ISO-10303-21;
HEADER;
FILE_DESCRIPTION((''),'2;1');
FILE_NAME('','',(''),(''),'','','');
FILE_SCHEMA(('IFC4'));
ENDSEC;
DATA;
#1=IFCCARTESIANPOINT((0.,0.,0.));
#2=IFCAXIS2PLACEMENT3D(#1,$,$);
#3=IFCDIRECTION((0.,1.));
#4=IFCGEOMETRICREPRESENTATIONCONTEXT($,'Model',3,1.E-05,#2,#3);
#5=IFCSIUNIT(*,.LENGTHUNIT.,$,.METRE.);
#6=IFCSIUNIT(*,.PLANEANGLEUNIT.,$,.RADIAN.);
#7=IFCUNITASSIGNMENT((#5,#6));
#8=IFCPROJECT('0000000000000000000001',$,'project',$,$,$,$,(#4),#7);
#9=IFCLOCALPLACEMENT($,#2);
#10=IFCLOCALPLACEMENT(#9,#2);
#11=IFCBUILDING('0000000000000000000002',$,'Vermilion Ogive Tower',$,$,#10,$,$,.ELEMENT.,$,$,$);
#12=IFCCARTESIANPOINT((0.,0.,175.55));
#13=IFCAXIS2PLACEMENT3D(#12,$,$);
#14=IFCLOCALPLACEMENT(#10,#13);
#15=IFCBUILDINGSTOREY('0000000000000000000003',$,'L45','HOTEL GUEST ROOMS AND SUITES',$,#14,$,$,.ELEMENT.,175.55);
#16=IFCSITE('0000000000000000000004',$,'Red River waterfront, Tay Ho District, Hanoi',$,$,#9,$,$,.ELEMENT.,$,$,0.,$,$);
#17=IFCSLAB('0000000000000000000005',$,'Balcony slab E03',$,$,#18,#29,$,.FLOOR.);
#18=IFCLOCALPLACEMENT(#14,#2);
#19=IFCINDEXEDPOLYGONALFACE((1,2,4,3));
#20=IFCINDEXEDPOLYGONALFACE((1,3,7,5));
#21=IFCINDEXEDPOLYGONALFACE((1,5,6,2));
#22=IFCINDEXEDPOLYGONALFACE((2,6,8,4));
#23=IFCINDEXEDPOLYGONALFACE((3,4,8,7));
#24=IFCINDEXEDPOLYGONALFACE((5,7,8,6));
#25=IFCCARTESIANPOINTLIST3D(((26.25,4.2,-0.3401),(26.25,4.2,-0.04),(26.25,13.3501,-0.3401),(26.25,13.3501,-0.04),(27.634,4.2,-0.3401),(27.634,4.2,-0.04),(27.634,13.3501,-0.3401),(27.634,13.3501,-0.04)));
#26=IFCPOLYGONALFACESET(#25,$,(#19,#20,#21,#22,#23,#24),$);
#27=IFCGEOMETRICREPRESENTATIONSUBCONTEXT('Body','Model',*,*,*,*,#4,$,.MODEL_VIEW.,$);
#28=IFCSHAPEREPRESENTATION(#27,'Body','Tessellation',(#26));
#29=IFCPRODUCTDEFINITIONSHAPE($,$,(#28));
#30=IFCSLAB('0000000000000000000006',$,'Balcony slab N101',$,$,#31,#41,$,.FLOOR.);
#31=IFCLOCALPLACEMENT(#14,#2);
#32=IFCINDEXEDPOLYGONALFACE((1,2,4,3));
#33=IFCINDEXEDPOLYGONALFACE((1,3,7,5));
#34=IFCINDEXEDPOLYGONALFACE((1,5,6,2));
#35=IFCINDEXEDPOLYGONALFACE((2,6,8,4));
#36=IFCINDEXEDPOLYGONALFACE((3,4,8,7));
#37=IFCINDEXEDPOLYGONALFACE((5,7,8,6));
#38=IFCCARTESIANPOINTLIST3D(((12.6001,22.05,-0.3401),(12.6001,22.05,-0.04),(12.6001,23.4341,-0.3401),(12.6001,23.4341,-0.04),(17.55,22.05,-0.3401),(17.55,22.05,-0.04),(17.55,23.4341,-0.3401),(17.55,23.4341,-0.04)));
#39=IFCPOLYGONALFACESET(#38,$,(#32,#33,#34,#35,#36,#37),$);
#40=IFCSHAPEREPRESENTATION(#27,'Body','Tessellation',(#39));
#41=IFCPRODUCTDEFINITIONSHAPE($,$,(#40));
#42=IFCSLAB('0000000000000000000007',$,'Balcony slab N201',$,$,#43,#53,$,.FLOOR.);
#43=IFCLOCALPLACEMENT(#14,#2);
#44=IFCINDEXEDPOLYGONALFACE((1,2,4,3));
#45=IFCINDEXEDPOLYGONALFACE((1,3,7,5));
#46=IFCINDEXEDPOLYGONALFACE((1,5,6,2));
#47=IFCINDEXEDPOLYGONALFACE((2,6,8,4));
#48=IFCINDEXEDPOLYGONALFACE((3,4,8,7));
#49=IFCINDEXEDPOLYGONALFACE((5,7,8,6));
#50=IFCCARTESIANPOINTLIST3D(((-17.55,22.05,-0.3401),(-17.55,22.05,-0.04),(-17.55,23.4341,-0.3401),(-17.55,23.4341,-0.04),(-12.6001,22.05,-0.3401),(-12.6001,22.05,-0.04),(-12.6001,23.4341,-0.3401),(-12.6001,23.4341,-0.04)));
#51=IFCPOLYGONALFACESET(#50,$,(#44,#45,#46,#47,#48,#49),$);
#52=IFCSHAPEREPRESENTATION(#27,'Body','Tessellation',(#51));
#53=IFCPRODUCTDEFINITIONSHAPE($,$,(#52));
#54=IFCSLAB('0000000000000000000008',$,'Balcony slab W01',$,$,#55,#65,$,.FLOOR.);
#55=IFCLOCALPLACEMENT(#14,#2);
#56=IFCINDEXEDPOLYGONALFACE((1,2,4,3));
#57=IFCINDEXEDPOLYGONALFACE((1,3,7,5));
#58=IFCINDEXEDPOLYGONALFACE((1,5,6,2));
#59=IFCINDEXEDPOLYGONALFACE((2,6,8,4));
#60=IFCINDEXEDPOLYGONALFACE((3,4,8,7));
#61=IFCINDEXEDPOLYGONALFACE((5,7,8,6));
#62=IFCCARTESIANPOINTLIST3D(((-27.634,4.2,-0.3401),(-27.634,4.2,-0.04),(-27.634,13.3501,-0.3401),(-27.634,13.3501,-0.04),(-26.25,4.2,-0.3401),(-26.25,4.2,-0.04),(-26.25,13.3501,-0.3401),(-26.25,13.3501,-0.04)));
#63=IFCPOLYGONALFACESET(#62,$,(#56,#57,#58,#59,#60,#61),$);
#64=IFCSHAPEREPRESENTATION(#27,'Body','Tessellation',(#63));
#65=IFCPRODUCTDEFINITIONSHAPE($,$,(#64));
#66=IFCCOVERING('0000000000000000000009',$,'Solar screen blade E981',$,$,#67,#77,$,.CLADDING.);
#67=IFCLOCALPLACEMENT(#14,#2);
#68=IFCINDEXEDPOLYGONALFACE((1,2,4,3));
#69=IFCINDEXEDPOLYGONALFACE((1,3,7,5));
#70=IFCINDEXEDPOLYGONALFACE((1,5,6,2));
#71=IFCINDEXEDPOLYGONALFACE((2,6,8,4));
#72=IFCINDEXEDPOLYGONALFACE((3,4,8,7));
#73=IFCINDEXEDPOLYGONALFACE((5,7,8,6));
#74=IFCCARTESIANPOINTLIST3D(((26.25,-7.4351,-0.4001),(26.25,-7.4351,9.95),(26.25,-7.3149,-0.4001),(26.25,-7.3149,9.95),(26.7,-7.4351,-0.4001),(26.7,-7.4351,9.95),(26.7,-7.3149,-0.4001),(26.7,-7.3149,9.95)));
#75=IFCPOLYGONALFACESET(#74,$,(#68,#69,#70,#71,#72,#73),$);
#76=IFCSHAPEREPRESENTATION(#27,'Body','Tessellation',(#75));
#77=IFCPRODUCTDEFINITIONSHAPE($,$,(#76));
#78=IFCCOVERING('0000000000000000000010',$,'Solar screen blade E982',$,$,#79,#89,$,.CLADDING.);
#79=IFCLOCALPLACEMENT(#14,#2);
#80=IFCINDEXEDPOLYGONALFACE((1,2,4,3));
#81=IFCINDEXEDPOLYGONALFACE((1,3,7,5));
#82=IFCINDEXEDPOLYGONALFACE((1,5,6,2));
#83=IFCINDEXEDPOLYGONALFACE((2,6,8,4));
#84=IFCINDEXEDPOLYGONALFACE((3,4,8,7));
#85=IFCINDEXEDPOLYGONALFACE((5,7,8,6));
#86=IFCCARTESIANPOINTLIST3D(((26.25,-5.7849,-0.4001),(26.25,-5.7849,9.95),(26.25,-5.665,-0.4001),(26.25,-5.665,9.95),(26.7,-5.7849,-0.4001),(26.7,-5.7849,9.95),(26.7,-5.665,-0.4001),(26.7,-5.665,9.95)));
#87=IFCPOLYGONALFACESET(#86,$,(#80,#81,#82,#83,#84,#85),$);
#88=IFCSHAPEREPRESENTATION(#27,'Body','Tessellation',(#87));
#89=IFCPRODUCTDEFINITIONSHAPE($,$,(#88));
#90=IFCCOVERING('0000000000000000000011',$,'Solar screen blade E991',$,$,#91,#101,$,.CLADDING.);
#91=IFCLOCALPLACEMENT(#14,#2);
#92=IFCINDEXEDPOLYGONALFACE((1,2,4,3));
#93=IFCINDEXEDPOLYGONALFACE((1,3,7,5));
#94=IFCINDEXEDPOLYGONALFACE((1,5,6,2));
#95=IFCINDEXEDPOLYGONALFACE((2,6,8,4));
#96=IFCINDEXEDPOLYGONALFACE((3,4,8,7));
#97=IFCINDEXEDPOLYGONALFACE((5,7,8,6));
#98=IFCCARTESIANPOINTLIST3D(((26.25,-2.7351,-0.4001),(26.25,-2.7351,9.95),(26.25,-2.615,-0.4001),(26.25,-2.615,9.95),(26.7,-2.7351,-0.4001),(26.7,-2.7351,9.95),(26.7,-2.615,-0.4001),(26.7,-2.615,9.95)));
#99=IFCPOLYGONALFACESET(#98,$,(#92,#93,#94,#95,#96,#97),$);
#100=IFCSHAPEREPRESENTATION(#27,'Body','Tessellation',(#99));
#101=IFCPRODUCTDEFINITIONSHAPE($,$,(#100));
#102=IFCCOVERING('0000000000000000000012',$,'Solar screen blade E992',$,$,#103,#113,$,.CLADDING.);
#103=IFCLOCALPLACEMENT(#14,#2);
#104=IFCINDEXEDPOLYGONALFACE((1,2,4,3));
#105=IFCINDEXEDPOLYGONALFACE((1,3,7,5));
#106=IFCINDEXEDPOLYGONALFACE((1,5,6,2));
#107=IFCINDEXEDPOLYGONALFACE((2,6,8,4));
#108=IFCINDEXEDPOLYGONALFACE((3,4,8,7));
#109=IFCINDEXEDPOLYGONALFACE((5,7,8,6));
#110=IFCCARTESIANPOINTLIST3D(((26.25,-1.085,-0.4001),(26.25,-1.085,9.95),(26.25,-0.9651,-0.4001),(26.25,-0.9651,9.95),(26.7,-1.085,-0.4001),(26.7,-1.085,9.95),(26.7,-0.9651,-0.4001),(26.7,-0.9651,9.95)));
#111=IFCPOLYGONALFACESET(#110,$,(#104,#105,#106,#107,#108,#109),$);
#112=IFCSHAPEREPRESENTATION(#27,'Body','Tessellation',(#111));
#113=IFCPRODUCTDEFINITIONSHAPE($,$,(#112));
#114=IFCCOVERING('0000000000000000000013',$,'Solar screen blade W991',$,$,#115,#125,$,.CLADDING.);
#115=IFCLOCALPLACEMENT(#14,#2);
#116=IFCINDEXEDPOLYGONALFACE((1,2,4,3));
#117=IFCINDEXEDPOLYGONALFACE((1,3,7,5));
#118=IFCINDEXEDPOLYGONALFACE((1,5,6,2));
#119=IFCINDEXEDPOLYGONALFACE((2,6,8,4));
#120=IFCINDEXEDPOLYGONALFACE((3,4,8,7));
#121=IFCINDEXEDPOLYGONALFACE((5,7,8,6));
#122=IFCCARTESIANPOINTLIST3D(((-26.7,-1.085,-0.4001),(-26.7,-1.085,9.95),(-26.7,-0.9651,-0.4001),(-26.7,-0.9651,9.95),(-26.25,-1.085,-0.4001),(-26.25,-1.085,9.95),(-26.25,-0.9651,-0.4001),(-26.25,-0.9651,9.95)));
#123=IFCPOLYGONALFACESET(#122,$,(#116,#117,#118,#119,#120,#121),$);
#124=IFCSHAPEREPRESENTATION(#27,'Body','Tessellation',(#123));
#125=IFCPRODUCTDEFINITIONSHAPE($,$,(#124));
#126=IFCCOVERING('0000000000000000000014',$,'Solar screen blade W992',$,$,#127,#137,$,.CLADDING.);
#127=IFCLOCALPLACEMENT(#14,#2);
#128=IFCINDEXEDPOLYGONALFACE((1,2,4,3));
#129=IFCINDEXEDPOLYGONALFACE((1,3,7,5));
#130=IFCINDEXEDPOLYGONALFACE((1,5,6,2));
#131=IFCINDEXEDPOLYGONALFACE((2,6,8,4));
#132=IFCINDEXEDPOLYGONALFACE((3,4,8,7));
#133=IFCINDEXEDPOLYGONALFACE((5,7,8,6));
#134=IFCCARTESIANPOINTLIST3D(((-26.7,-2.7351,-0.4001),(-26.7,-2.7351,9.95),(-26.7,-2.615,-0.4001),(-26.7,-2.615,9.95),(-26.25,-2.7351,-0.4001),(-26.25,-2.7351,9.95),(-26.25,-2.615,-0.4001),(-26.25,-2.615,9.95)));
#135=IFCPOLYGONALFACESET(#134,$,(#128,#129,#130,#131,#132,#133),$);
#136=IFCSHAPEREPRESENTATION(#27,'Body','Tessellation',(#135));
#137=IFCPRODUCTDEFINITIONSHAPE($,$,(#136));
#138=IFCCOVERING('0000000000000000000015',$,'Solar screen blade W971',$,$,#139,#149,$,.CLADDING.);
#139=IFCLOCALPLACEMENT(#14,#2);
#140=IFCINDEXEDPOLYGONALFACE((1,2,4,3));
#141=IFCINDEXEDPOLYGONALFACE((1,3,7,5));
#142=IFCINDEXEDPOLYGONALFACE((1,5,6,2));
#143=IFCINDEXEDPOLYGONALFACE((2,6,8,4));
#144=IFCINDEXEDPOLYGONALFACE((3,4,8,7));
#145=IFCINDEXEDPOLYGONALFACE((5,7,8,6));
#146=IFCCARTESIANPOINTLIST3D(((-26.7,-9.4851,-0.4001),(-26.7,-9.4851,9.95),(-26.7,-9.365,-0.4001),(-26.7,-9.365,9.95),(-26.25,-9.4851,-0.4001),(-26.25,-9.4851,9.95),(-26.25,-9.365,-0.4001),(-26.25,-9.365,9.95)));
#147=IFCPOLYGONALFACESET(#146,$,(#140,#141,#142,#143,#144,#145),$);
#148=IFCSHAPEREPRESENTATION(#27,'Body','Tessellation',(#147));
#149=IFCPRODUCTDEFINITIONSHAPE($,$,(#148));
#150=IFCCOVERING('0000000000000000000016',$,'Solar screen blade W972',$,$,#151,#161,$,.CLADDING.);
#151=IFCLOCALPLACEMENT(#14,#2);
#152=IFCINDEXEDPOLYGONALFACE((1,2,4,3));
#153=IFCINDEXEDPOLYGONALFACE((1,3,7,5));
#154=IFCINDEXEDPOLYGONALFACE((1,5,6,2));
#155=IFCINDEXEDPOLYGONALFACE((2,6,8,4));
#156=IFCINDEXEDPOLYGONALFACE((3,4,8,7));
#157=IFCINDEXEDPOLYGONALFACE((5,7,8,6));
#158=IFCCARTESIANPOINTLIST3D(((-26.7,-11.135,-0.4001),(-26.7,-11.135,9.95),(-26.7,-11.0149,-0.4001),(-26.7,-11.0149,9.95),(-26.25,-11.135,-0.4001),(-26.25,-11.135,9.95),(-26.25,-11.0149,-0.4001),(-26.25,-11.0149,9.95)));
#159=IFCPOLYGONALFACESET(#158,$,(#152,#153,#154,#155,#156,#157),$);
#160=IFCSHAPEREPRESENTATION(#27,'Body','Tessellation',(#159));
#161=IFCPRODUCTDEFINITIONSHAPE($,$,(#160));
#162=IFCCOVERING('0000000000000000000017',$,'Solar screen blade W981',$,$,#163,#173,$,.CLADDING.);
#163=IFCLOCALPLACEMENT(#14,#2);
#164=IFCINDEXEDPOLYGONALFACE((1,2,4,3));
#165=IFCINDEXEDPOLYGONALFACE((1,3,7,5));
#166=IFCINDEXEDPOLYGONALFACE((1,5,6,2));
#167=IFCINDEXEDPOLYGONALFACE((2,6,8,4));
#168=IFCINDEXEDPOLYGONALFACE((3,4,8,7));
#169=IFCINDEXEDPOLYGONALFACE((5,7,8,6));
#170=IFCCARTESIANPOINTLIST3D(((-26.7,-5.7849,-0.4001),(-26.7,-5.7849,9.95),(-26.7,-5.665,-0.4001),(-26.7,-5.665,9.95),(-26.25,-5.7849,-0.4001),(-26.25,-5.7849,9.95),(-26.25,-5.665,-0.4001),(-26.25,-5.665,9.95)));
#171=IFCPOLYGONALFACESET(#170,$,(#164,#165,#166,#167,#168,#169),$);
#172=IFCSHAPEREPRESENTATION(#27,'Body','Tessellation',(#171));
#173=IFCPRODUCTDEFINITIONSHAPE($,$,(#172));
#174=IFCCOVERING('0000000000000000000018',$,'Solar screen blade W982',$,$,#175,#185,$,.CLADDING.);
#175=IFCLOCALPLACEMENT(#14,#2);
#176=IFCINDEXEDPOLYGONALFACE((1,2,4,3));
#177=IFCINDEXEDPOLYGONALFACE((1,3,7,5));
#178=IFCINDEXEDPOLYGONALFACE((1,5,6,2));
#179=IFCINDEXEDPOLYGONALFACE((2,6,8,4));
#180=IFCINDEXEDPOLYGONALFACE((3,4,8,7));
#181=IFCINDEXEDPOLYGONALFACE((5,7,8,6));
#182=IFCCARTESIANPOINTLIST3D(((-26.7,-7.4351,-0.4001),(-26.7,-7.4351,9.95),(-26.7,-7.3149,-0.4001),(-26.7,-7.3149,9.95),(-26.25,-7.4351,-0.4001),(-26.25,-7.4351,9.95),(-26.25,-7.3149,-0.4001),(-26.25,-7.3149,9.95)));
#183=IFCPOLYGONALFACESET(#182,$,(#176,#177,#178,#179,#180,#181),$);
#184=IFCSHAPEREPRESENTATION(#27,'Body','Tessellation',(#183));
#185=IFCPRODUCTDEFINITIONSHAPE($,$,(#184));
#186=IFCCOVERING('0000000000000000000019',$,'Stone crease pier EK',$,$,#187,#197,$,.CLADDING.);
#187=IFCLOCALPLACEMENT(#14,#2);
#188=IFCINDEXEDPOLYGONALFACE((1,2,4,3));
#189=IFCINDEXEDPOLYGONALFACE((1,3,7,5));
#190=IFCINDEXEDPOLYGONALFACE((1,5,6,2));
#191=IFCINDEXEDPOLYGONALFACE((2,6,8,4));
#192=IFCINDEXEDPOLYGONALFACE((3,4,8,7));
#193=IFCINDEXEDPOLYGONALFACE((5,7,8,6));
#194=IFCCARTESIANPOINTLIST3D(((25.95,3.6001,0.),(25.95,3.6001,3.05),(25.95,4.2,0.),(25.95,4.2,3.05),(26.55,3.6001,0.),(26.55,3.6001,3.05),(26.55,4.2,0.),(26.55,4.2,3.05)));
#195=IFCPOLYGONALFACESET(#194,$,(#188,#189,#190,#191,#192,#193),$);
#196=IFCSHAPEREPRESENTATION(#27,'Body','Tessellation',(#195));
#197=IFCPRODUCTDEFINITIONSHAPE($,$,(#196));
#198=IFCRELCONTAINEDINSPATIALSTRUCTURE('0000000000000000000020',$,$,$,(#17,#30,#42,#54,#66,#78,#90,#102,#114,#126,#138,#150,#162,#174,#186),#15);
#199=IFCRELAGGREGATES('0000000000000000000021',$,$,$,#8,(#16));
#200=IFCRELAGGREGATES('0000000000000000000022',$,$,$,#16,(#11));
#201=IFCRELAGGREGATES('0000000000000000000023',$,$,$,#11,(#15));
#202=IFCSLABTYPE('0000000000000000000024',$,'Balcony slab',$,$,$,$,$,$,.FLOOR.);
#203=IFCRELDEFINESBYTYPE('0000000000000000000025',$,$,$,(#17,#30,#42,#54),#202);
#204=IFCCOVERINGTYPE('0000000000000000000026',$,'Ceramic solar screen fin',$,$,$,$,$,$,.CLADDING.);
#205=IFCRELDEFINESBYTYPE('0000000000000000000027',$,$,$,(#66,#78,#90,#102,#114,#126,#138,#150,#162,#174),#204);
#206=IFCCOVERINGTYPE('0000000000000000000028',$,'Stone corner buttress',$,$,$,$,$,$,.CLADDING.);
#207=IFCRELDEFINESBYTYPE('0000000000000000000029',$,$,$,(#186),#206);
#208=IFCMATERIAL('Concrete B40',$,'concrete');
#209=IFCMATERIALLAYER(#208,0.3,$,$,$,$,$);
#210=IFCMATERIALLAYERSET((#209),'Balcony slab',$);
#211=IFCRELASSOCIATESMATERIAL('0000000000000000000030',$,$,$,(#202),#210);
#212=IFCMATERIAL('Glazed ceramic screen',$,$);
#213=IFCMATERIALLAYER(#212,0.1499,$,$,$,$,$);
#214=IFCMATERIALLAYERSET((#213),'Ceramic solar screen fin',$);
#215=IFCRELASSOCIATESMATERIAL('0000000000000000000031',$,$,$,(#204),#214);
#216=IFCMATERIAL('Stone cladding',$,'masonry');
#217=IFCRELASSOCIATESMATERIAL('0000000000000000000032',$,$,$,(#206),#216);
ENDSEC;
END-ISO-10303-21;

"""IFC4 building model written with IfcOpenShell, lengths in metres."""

from ifc_helpers import new_model, si_unit, direction, frame, origin, place, context, subcontext, project, spatial, polyline, outline, extrude, material, layer, layer_set, type_object, element, save


model = new_model("IFC4")

# Units and contexts
model_context = context("Model", 3, precision=1e-05, world=origin(), true_north=direction((0.0, 1.0)))
body_context = subcontext(model_context, "Body", "Model", "MODEL_VIEW")
ifc_project = project(units=[si_unit("LENGTHUNIT", "METRE"), si_unit("PLANEANGLEUNIT", "RADIAN")], contexts=[model_context])

# Site, building, storey
site_placement = place(None, origin())
site = spatial("IfcSite", under=ifc_project, at=site_placement, Name="Red River waterfront, Tay Ho District, Hanoi", CompositionType="ELEMENT", RefElevation=0.0)
building_placement = place(site_placement, origin())
building = spatial("IfcBuilding", under=site, at=building_placement, Name="Vermilion Ogive Tower", CompositionType="ELEMENT")
storey_placement = place(building_placement, frame((0.0, 0.0, 175.55)))
storey = spatial("IfcBuildingStorey", under=building, at=storey_placement, Name="L45", Description="HOTEL GUEST ROOMS AND SUITES", CompositionType="ELEMENT", Elevation=175.55)

# Slabs
ifc_material_1 = material(Name="Concrete B40", Category="concrete")
ifc_layer_1 = layer(ifc_material_1, 0.3)
ifc_layer_set_1 = layer_set([ifc_layer_1], Name="Balcony slab")
slab_type = type_object("IfcSlabType", Name="Balcony slab", PredefinedType="FLOOR", material=ifc_layer_set_1)
slab_1_placement = place(storey_placement, frame((0.0, 0.0, -0.3401)))
element("IfcSlab", 1, at=slab_1_placement, inside=storey, type_object=slab_type, Name="Balcony slab E03", PredefinedType="FLOOR", context=body_context, shape_type="SweptSolid", body=[
    extrude(outline(polyline([(27.634, 4.2), (27.634, 13.3501), (26.25, 13.3501), (26.25, 4.2), (27.634, 4.2)])), origin(), (0.0, 0.0, 1.0), 0.3),
])
slab_2_placement = place(storey_placement, frame((0.0, 0.0, -0.3401)))
element("IfcSlab", 2, at=slab_2_placement, inside=storey, type_object=slab_type, Name="Balcony slab N101", PredefinedType="FLOOR", context=body_context, shape_type="SweptSolid", body=[
    extrude(outline(polyline([(17.55, 23.4341), (12.6001, 23.4341), (12.6001, 22.05), (17.55, 22.05), (17.55, 23.4341)])), origin(), (0.0, 0.0, 1.0), 0.3),
])
slab_3_placement = place(storey_placement, frame((0.0, 0.0, -0.3401)))
element("IfcSlab", 3, at=slab_3_placement, inside=storey, type_object=slab_type, Name="Balcony slab N201", PredefinedType="FLOOR", context=body_context, shape_type="SweptSolid", body=[
    extrude(outline(polyline([(-12.6001, 23.4341), (-17.55, 23.4341), (-17.55, 22.05), (-12.6001, 22.05), (-12.6001, 23.4341)])), origin(), (0.0, 0.0, 1.0), 0.3),
])
slab_4_placement = place(storey_placement, frame((0.0, 0.0, -0.3401)))
element("IfcSlab", 4, at=slab_4_placement, inside=storey, type_object=slab_type, Name="Balcony slab W01", PredefinedType="FLOOR", context=body_context, shape_type="SweptSolid", body=[
    extrude(outline(polyline([(-27.634, 13.3501), (-27.634, 4.2), (-26.25, 4.2), (-26.25, 13.3501), (-27.634, 13.3501)])), origin(), (0.0, 0.0, 1.0), 0.3),
])

# Coverings
ifc_material_2 = material(Name="Glazed ceramic screen")
ifc_layer_2 = layer(ifc_material_2, 0.1499)
ifc_layer_set_2 = layer_set([ifc_layer_2], Name="Ceramic solar screen fin")
covering_type_1 = type_object("IfcCoveringType", Name="Ceramic solar screen fin", PredefinedType="CLADDING", material=ifc_layer_set_2)
covering_1_placement = place(storey_placement, frame((0.0, 0.0, -0.4001)))
element("IfcCovering", 5, at=covering_1_placement, inside=storey, type_object=covering_type_1, Name="Solar screen blade E981", PredefinedType="CLADDING", context=body_context, shape_type="SweptSolid", body=[
    extrude(outline(polyline([(26.7, -7.4351), (26.7, -7.3149), (26.25, -7.3149), (26.25, -7.4351), (26.7, -7.4351)])), origin(), (0.0, 0.0, 1.0), 10.3501),
])
covering_2_placement = place(storey_placement, frame((0.0, 0.0, -0.4001)))
element("IfcCovering", 6, at=covering_2_placement, inside=storey, type_object=covering_type_1, Name="Solar screen blade E982", PredefinedType="CLADDING", context=body_context, shape_type="SweptSolid", body=[
    extrude(outline(polyline([(26.7, -5.7849), (26.7, -5.665), (26.25, -5.665), (26.25, -5.7849), (26.7, -5.7849)])), origin(), (0.0, 0.0, 1.0), 10.3501),
])
covering_3_placement = place(storey_placement, frame((0.0, 0.0, -0.4001)))
element("IfcCovering", 7, at=covering_3_placement, inside=storey, type_object=covering_type_1, Name="Solar screen blade E991", PredefinedType="CLADDING", context=body_context, shape_type="SweptSolid", body=[
    extrude(outline(polyline([(26.7, -2.7351), (26.7, -2.615), (26.25, -2.615), (26.25, -2.7351), (26.7, -2.7351)])), origin(), (0.0, 0.0, 1.0), 10.3501),
])
covering_4_placement = place(storey_placement, frame((0.0, 0.0, -0.4001)))
element("IfcCovering", 8, at=covering_4_placement, inside=storey, type_object=covering_type_1, Name="Solar screen blade E992", PredefinedType="CLADDING", context=body_context, shape_type="SweptSolid", body=[
    extrude(outline(polyline([(26.7, -1.085), (26.7, -0.9651), (26.25, -0.9651), (26.25, -1.085), (26.7, -1.085)])), origin(), (0.0, 0.0, 1.0), 10.3501),
])
covering_5_placement = place(storey_placement, frame((0.0, 0.0, -0.4001)))
element("IfcCovering", 9, at=covering_5_placement, inside=storey, type_object=covering_type_1, Name="Solar screen blade W991", PredefinedType="CLADDING", context=body_context, shape_type="SweptSolid", body=[
    extrude(outline(polyline([(-26.7, -0.9651), (-26.7, -1.085), (-26.25, -1.085), (-26.25, -0.9651), (-26.7, -0.9651)])), origin(), (0.0, 0.0, 1.0), 10.3501),
])
covering_6_placement = place(storey_placement, frame((0.0, 0.0, -0.4001)))
element("IfcCovering", 10, at=covering_6_placement, inside=storey, type_object=covering_type_1, Name="Solar screen blade W992", PredefinedType="CLADDING", context=body_context, shape_type="SweptSolid", body=[
    extrude(outline(polyline([(-26.7, -2.615), (-26.7, -2.7351), (-26.25, -2.7351), (-26.25, -2.615), (-26.7, -2.615)])), origin(), (0.0, 0.0, 1.0), 10.3501),
])
covering_7_placement = place(storey_placement, frame((0.0, 0.0, -0.4001)))
element("IfcCovering", 11, at=covering_7_placement, inside=storey, type_object=covering_type_1, Name="Solar screen blade W971", PredefinedType="CLADDING", context=body_context, shape_type="SweptSolid", body=[
    extrude(outline(polyline([(-26.7, -9.365), (-26.7, -9.4851), (-26.25, -9.4851), (-26.25, -9.365), (-26.7, -9.365)])), origin(), (0.0, 0.0, 1.0), 10.3501),
])
covering_8_placement = place(storey_placement, frame((0.0, 0.0, -0.4001)))
element("IfcCovering", 12, at=covering_8_placement, inside=storey, type_object=covering_type_1, Name="Solar screen blade W972", PredefinedType="CLADDING", context=body_context, shape_type="SweptSolid", body=[
    extrude(outline(polyline([(-26.7, -11.0149), (-26.7, -11.135), (-26.25, -11.135), (-26.25, -11.0149), (-26.7, -11.0149)])), origin(), (0.0, 0.0, 1.0), 10.3501),
])
covering_9_placement = place(storey_placement, frame((0.0, 0.0, -0.4001)))
element("IfcCovering", 13, at=covering_9_placement, inside=storey, type_object=covering_type_1, Name="Solar screen blade W981", PredefinedType="CLADDING", context=body_context, shape_type="SweptSolid", body=[
    extrude(outline(polyline([(-26.7, -5.665), (-26.7, -5.7849), (-26.25, -5.7849), (-26.25, -5.665), (-26.7, -5.665)])), origin(), (0.0, 0.0, 1.0), 10.3501),
])
covering_10_placement = place(storey_placement, frame((0.0, 0.0, -0.4001)))
element("IfcCovering", 14, at=covering_10_placement, inside=storey, type_object=covering_type_1, Name="Solar screen blade W982", PredefinedType="CLADDING", context=body_context, shape_type="SweptSolid", body=[
    extrude(outline(polyline([(-26.7, -7.3149), (-26.7, -7.4351), (-26.25, -7.4351), (-26.25, -7.3149), (-26.7, -7.3149)])), origin(), (0.0, 0.0, 1.0), 10.3501),
])
ifc_material_3 = material(Name="Stone cladding", Category="masonry")
covering_type_2 = type_object("IfcCoveringType", Name="Stone corner buttress", PredefinedType="CLADDING", material=ifc_material_3)
covering_11_placement = place(storey_placement, origin())
element("IfcCovering", 15, at=covering_11_placement, inside=storey, type_object=covering_type_2, Name="Stone crease pier EK", PredefinedType="CLADDING", context=body_context, shape_type="SweptSolid", body=[
    extrude(outline(polyline([(26.55, 3.6001), (26.55, 4.2), (25.95, 4.2), (25.95, 3.6001), (26.55, 3.6001)])), origin(), (0.0, 0.0, 1.0), 3.05),
])

save(model, "model.ifc")
